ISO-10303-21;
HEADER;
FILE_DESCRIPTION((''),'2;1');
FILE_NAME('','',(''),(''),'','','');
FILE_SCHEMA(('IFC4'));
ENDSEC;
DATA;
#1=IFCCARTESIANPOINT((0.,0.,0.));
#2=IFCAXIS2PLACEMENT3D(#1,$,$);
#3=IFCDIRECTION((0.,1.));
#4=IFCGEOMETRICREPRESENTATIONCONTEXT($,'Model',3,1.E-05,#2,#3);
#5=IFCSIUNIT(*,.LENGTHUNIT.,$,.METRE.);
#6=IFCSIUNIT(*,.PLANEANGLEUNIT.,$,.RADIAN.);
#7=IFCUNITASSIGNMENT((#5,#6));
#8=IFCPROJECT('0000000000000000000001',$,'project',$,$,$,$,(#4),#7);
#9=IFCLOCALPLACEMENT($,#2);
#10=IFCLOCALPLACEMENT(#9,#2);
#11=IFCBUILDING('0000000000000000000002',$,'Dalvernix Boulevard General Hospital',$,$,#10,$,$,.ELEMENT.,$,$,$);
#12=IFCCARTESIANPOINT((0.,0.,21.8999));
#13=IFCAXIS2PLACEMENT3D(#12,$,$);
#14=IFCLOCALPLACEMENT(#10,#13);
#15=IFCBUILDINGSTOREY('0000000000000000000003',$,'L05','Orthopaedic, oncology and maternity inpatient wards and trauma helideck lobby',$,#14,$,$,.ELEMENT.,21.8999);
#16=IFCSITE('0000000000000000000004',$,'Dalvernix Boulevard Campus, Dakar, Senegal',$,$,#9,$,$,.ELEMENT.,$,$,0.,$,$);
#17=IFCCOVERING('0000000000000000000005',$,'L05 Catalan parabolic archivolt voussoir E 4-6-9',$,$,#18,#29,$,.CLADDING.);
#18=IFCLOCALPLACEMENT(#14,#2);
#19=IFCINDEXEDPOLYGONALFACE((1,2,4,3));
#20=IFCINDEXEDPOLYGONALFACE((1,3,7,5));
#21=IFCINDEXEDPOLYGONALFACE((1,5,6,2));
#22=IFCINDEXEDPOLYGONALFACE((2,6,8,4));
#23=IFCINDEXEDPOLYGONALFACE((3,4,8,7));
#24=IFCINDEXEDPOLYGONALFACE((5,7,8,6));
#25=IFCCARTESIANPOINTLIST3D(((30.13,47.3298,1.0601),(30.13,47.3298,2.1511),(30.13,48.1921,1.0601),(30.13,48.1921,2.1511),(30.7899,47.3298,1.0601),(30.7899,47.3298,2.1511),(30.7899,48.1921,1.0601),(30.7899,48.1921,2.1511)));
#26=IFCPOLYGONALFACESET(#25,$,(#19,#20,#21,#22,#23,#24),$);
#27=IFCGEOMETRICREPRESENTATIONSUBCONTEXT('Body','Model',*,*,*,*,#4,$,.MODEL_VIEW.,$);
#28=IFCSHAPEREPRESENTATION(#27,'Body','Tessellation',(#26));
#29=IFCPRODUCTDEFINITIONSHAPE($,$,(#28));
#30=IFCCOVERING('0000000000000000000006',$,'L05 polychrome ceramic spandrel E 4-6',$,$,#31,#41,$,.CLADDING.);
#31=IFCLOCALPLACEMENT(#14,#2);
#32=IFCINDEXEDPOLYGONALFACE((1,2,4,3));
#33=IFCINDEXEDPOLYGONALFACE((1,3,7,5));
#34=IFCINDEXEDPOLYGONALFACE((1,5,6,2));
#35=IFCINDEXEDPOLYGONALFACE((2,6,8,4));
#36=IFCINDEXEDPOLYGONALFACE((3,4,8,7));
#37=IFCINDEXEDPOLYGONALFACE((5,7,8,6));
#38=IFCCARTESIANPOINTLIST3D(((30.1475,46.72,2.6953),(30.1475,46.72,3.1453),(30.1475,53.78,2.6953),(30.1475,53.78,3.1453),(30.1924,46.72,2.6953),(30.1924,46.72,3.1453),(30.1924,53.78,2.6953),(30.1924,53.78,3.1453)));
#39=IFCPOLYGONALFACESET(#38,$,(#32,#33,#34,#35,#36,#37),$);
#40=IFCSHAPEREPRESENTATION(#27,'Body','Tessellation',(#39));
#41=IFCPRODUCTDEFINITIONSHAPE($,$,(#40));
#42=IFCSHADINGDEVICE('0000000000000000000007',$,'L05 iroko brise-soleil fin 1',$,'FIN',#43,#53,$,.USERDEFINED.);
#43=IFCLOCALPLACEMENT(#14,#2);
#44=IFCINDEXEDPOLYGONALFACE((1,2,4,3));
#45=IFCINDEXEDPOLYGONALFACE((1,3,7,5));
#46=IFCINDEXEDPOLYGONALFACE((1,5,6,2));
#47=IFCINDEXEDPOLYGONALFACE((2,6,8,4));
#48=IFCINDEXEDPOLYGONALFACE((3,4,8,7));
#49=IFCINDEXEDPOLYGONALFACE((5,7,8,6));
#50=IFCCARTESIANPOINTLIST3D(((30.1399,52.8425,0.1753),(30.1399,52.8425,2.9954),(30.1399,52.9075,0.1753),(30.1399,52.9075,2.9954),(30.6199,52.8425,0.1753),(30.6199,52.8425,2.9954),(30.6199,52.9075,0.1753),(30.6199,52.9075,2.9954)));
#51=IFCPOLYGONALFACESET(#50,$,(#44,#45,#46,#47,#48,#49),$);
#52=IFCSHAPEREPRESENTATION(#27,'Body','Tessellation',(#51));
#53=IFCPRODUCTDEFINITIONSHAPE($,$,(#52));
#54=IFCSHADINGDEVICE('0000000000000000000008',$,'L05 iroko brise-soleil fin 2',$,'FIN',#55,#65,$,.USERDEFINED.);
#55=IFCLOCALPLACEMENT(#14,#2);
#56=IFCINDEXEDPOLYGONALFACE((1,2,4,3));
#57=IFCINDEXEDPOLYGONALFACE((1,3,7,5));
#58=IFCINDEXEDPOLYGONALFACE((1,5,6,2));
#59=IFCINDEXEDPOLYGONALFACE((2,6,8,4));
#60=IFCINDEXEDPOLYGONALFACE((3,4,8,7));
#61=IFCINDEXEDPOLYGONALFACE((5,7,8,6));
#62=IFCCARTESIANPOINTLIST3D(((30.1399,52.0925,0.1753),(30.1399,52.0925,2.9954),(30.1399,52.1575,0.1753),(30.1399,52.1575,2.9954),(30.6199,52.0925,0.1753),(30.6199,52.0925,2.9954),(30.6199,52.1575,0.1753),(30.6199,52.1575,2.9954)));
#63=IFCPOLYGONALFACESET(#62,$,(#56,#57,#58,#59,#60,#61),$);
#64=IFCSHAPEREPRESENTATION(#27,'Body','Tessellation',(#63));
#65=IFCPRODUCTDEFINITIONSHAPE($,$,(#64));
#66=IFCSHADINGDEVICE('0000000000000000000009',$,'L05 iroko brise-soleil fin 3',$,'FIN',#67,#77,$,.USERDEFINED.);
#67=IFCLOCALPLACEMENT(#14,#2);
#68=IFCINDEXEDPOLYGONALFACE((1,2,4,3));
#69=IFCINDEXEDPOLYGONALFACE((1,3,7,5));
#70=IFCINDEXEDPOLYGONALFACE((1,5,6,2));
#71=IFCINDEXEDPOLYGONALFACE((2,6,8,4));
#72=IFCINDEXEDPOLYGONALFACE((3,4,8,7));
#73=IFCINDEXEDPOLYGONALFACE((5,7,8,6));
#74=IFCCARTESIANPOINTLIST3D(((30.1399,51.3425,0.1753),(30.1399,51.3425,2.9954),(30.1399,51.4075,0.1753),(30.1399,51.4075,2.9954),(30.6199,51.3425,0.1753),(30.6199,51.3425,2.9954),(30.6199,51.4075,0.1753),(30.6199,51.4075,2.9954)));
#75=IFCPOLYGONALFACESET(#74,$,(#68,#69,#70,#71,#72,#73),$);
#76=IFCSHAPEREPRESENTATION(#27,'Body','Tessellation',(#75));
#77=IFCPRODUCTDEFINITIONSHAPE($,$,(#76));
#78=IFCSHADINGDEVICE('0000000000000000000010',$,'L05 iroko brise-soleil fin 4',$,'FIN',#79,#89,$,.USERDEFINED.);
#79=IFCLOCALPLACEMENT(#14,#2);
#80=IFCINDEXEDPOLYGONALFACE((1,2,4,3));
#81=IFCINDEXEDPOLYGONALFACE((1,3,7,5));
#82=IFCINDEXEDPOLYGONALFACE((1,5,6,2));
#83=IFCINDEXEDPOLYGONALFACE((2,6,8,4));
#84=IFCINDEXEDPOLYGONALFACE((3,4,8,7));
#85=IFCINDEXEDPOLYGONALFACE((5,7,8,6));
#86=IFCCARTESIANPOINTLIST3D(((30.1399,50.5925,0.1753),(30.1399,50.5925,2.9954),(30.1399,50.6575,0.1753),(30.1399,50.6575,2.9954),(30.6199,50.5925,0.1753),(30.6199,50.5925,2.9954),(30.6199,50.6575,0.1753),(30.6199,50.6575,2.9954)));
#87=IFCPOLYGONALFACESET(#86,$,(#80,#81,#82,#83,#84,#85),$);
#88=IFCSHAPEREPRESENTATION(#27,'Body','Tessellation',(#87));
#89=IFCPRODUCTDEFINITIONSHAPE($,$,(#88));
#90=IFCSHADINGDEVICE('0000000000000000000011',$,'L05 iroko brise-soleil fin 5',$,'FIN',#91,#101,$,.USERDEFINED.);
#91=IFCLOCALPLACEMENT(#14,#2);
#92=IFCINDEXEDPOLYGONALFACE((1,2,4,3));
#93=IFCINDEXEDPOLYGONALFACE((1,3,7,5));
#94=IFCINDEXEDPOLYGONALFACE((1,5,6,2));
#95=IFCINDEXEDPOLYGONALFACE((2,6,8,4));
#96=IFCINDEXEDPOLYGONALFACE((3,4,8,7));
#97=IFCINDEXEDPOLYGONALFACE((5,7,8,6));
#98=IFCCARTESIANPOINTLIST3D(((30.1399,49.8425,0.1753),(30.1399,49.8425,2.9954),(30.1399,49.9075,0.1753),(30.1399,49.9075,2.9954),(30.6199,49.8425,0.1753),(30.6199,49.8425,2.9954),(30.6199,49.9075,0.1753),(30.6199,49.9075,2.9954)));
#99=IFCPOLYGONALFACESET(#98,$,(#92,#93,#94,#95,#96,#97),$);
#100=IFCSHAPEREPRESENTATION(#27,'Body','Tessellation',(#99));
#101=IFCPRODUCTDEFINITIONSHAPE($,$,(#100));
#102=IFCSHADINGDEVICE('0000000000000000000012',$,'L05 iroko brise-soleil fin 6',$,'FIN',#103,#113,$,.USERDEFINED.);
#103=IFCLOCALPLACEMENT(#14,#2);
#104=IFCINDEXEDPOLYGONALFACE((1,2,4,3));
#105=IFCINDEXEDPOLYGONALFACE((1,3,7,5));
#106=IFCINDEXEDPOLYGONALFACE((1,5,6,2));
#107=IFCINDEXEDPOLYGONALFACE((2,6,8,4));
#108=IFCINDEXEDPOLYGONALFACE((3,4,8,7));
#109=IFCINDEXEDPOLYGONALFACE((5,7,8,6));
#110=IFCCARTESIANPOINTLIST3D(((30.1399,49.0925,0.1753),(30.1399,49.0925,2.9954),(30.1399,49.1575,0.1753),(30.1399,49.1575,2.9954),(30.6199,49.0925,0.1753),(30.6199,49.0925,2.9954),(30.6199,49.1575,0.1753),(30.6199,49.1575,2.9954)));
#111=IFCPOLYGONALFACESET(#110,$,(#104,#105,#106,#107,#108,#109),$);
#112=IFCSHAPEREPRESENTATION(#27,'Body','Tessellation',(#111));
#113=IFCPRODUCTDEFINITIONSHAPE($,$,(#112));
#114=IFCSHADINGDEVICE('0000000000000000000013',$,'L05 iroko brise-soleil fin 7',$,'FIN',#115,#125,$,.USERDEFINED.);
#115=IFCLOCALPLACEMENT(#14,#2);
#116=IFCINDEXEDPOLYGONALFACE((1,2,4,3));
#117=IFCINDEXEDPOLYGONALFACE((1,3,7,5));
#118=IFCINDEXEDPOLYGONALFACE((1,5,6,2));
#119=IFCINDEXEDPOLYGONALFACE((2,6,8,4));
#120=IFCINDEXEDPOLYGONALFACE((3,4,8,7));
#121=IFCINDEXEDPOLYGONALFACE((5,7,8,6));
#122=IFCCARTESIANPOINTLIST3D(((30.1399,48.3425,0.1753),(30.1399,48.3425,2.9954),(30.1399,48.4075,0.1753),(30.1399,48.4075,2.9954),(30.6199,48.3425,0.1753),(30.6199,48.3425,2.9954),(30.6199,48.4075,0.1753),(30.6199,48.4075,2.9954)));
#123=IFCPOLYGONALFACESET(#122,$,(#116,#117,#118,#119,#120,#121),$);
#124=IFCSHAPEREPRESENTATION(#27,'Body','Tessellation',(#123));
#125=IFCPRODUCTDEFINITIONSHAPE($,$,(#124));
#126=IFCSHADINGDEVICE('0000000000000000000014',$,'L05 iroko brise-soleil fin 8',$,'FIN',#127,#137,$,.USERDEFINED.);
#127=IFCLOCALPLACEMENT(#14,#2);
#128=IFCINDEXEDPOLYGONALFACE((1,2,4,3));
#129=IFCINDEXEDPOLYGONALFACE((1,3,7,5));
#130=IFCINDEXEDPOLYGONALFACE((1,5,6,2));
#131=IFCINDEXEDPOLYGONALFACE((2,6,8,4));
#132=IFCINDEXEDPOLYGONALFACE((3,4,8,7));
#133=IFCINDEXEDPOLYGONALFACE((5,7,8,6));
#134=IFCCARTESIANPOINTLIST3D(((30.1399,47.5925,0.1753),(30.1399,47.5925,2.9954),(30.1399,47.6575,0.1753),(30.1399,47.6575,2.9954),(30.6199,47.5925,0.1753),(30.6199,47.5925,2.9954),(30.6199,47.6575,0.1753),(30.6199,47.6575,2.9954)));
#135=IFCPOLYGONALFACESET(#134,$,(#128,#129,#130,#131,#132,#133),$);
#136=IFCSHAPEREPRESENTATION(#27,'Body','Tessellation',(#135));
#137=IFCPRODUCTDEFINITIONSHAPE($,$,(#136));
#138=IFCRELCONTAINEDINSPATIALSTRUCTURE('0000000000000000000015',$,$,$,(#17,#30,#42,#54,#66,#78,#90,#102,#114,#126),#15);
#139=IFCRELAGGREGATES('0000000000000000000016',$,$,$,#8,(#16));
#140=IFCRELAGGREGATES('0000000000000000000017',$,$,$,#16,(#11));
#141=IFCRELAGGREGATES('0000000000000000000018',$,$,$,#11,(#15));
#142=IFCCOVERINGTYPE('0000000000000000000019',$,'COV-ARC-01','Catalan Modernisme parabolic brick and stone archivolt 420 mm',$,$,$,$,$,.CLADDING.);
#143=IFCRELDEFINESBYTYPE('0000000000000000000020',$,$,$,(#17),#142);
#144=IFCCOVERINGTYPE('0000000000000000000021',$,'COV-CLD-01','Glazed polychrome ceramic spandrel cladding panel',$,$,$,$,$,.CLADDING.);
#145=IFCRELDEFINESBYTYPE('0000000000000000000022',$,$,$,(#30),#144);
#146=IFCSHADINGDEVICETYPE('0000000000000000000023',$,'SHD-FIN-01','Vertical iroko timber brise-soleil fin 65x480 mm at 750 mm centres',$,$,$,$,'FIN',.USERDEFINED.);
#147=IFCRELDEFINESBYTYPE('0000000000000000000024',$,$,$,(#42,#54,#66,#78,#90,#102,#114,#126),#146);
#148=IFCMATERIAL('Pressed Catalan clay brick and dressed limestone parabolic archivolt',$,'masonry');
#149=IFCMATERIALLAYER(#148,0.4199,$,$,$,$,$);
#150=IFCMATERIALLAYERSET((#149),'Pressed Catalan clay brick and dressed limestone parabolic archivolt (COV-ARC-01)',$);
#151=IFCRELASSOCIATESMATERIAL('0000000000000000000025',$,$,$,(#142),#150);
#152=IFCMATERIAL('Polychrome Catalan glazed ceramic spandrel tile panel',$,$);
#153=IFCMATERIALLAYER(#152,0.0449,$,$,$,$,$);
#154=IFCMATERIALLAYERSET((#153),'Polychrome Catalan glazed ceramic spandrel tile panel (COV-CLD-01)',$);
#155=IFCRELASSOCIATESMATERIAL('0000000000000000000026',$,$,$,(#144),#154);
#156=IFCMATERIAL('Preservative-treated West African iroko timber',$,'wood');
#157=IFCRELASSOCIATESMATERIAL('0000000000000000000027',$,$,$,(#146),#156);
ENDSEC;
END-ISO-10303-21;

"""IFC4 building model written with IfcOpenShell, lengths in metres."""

from ifc_helpers import new_model, si_unit, direction, frame, origin, origin_2d, place, context, subcontext, project, spatial, rectangle, extrude, material, layer, layer_set, type_object, element, save


model = new_model("IFC4")

# Units and contexts
model_context = context("Model", 3, precision=1e-05, world=origin(), true_north=direction((0.0, 1.0)))
body_context = subcontext(model_context, "Body", "Model", "MODEL_VIEW")
ifc_project = project(units=[si_unit("LENGTHUNIT", "METRE"), si_unit("PLANEANGLEUNIT", "RADIAN")], contexts=[model_context])

# Site, building, storey
site_placement = place(None, origin())
site = spatial("IfcSite", under=ifc_project, at=site_placement, Name="Dalvernix Boulevard Campus, Dakar, Senegal", CompositionType="ELEMENT", RefElevation=0.0)
building_placement = place(site_placement, origin())
building = spatial("IfcBuilding", under=site, at=building_placement, Name="Dalvernix Boulevard General Hospital", CompositionType="ELEMENT")
storey_placement = place(building_placement, frame((0.0, 0.0, 21.8999)))
storey = spatial("IfcBuildingStorey", under=building, at=storey_placement, Name="L05", Description="Orthopaedic, oncology and maternity inpatient wards and trauma helideck lobby", CompositionType="ELEMENT", Elevation=21.8999)

# Coverings
ifc_material_1 = material(Name="Pressed Catalan clay brick and dressed limestone parabolic archivolt", Category="masonry")
ifc_layer_1 = layer(ifc_material_1, 0.4199)
ifc_layer_set_1 = layer_set([ifc_layer_1], Name="Pressed Catalan clay brick and dressed limestone parabolic archivolt (COV-ARC-01)")
covering_type_1 = type_object("IfcCoveringType", Name="COV-ARC-01", Description="Catalan Modernisme parabolic brick and stone archivolt 420 mm", PredefinedType="CLADDING", material=ifc_layer_set_1)
covering_1_placement = place(storey_placement, frame((30.46, 47.761, 1.0601), z_axis=(0.0, 0.0, 1.0), x_axis=(0.0, -1.0, 0.0)))
element("IfcCovering", 1, at=covering_1_placement, inside=storey, type_object=covering_type_1, Name="L05 Catalan parabolic archivolt voussoir E 4-6-9", PredefinedType="CLADDING", context=body_context, shape_type="SweptSolid", body=[
    extrude(rectangle(XDim=0.8623, YDim=0.6599, at=origin_2d()), origin(), (0.0, 0.0, 1.0), 1.0911),
])
ifc_material_2 = material(Name="Polychrome Catalan glazed ceramic spandrel tile panel")
ifc_layer_2 = layer(ifc_material_2, 0.0449)
ifc_layer_set_2 = layer_set([ifc_layer_2], Name="Polychrome Catalan glazed ceramic spandrel tile panel (COV-CLD-01)")
covering_type_2 = type_object("IfcCoveringType", Name="COV-CLD-01", Description="Glazed polychrome ceramic spandrel cladding panel", PredefinedType="CLADDING", material=ifc_layer_set_2)
covering_2_placement = place(storey_placement, frame((30.1699, 50.25, 2.6953), z_axis=(0.0, 0.0, 1.0), x_axis=(0.0, -1.0, 0.0)))
element("IfcCovering", 2, at=covering_2_placement, inside=storey, type_object=covering_type_2, Name="L05 polychrome ceramic spandrel E 4-6", PredefinedType="CLADDING", context=body_context, shape_type="SweptSolid", body=[
    extrude(rectangle(XDim=7.0601, YDim=0.0449, at=origin_2d()), origin(), (0.0, 0.0, 1.0), 0.45),
])

# Shading devices
ifc_material_3 = material(Name="Preservative-treated West African iroko timber", Category="wood")
shading_device_type = type_object("IfcShadingDeviceType", Name="SHD-FIN-01", Description="Vertical iroko timber brise-soleil fin 65x480 mm at 750 mm centres", ElementType="FIN", PredefinedType="USERDEFINED", material=ifc_material_3)
for number, where, z_axis, x_axis, name in (
    (3, (30.3799, 52.875, 0.1753), (0.0, 0.0, 1.0), (0.0, -1.0, 0.0), "L05 iroko brise-soleil fin 1"),
    (4, (30.3799, 52.125, 0.1753), (0.0, 0.0, 1.0), (0.0, -1.0, 0.0), "L05 iroko brise-soleil fin 2"),
    (5, (30.3799, 51.375, 0.1753), (0.0, 0.0, 1.0), (0.0, -1.0, 0.0), "L05 iroko brise-soleil fin 3"),
    (6, (30.3799, 50.625, 0.1753), (0.0, 0.0, 1.0), (0.0, -1.0, 0.0), "L05 iroko brise-soleil fin 4"),
    (7, (30.3799, 49.875, 0.1753), (0.0, 0.0, 1.0), (0.0, -1.0, 0.0), "L05 iroko brise-soleil fin 5"),
    (8, (30.3799, 49.125, 0.1753), (0.0, 0.0, 1.0), (0.0, -1.0, 0.0), "L05 iroko brise-soleil fin 6"),
    (9, (30.3799, 48.375, 0.1753), (0.0, 0.0, 1.0), (0.0, -1.0, 0.0), "L05 iroko brise-soleil fin 7"),
    (10, (30.3799, 47.625, 0.1753), (0.0, 0.0, 1.0), (0.0, -1.0, 0.0), "L05 iroko brise-soleil fin 8"),
):
    element("IfcShadingDevice", number, at=place(storey_placement, frame(where, z_axis=z_axis, x_axis=x_axis)), inside=storey, type_object=shading_device_type, Name=name, ObjectType="FIN", PredefinedType="USERDEFINED", context=body_context, shape_type="SweptSolid", body=[
        extrude(rectangle(XDim=0.0649, YDim=0.48, at=origin_2d()), origin(), (0.0, 0.0, 1.0), 2.8201),
    ])

save(model, "model.ifc")
